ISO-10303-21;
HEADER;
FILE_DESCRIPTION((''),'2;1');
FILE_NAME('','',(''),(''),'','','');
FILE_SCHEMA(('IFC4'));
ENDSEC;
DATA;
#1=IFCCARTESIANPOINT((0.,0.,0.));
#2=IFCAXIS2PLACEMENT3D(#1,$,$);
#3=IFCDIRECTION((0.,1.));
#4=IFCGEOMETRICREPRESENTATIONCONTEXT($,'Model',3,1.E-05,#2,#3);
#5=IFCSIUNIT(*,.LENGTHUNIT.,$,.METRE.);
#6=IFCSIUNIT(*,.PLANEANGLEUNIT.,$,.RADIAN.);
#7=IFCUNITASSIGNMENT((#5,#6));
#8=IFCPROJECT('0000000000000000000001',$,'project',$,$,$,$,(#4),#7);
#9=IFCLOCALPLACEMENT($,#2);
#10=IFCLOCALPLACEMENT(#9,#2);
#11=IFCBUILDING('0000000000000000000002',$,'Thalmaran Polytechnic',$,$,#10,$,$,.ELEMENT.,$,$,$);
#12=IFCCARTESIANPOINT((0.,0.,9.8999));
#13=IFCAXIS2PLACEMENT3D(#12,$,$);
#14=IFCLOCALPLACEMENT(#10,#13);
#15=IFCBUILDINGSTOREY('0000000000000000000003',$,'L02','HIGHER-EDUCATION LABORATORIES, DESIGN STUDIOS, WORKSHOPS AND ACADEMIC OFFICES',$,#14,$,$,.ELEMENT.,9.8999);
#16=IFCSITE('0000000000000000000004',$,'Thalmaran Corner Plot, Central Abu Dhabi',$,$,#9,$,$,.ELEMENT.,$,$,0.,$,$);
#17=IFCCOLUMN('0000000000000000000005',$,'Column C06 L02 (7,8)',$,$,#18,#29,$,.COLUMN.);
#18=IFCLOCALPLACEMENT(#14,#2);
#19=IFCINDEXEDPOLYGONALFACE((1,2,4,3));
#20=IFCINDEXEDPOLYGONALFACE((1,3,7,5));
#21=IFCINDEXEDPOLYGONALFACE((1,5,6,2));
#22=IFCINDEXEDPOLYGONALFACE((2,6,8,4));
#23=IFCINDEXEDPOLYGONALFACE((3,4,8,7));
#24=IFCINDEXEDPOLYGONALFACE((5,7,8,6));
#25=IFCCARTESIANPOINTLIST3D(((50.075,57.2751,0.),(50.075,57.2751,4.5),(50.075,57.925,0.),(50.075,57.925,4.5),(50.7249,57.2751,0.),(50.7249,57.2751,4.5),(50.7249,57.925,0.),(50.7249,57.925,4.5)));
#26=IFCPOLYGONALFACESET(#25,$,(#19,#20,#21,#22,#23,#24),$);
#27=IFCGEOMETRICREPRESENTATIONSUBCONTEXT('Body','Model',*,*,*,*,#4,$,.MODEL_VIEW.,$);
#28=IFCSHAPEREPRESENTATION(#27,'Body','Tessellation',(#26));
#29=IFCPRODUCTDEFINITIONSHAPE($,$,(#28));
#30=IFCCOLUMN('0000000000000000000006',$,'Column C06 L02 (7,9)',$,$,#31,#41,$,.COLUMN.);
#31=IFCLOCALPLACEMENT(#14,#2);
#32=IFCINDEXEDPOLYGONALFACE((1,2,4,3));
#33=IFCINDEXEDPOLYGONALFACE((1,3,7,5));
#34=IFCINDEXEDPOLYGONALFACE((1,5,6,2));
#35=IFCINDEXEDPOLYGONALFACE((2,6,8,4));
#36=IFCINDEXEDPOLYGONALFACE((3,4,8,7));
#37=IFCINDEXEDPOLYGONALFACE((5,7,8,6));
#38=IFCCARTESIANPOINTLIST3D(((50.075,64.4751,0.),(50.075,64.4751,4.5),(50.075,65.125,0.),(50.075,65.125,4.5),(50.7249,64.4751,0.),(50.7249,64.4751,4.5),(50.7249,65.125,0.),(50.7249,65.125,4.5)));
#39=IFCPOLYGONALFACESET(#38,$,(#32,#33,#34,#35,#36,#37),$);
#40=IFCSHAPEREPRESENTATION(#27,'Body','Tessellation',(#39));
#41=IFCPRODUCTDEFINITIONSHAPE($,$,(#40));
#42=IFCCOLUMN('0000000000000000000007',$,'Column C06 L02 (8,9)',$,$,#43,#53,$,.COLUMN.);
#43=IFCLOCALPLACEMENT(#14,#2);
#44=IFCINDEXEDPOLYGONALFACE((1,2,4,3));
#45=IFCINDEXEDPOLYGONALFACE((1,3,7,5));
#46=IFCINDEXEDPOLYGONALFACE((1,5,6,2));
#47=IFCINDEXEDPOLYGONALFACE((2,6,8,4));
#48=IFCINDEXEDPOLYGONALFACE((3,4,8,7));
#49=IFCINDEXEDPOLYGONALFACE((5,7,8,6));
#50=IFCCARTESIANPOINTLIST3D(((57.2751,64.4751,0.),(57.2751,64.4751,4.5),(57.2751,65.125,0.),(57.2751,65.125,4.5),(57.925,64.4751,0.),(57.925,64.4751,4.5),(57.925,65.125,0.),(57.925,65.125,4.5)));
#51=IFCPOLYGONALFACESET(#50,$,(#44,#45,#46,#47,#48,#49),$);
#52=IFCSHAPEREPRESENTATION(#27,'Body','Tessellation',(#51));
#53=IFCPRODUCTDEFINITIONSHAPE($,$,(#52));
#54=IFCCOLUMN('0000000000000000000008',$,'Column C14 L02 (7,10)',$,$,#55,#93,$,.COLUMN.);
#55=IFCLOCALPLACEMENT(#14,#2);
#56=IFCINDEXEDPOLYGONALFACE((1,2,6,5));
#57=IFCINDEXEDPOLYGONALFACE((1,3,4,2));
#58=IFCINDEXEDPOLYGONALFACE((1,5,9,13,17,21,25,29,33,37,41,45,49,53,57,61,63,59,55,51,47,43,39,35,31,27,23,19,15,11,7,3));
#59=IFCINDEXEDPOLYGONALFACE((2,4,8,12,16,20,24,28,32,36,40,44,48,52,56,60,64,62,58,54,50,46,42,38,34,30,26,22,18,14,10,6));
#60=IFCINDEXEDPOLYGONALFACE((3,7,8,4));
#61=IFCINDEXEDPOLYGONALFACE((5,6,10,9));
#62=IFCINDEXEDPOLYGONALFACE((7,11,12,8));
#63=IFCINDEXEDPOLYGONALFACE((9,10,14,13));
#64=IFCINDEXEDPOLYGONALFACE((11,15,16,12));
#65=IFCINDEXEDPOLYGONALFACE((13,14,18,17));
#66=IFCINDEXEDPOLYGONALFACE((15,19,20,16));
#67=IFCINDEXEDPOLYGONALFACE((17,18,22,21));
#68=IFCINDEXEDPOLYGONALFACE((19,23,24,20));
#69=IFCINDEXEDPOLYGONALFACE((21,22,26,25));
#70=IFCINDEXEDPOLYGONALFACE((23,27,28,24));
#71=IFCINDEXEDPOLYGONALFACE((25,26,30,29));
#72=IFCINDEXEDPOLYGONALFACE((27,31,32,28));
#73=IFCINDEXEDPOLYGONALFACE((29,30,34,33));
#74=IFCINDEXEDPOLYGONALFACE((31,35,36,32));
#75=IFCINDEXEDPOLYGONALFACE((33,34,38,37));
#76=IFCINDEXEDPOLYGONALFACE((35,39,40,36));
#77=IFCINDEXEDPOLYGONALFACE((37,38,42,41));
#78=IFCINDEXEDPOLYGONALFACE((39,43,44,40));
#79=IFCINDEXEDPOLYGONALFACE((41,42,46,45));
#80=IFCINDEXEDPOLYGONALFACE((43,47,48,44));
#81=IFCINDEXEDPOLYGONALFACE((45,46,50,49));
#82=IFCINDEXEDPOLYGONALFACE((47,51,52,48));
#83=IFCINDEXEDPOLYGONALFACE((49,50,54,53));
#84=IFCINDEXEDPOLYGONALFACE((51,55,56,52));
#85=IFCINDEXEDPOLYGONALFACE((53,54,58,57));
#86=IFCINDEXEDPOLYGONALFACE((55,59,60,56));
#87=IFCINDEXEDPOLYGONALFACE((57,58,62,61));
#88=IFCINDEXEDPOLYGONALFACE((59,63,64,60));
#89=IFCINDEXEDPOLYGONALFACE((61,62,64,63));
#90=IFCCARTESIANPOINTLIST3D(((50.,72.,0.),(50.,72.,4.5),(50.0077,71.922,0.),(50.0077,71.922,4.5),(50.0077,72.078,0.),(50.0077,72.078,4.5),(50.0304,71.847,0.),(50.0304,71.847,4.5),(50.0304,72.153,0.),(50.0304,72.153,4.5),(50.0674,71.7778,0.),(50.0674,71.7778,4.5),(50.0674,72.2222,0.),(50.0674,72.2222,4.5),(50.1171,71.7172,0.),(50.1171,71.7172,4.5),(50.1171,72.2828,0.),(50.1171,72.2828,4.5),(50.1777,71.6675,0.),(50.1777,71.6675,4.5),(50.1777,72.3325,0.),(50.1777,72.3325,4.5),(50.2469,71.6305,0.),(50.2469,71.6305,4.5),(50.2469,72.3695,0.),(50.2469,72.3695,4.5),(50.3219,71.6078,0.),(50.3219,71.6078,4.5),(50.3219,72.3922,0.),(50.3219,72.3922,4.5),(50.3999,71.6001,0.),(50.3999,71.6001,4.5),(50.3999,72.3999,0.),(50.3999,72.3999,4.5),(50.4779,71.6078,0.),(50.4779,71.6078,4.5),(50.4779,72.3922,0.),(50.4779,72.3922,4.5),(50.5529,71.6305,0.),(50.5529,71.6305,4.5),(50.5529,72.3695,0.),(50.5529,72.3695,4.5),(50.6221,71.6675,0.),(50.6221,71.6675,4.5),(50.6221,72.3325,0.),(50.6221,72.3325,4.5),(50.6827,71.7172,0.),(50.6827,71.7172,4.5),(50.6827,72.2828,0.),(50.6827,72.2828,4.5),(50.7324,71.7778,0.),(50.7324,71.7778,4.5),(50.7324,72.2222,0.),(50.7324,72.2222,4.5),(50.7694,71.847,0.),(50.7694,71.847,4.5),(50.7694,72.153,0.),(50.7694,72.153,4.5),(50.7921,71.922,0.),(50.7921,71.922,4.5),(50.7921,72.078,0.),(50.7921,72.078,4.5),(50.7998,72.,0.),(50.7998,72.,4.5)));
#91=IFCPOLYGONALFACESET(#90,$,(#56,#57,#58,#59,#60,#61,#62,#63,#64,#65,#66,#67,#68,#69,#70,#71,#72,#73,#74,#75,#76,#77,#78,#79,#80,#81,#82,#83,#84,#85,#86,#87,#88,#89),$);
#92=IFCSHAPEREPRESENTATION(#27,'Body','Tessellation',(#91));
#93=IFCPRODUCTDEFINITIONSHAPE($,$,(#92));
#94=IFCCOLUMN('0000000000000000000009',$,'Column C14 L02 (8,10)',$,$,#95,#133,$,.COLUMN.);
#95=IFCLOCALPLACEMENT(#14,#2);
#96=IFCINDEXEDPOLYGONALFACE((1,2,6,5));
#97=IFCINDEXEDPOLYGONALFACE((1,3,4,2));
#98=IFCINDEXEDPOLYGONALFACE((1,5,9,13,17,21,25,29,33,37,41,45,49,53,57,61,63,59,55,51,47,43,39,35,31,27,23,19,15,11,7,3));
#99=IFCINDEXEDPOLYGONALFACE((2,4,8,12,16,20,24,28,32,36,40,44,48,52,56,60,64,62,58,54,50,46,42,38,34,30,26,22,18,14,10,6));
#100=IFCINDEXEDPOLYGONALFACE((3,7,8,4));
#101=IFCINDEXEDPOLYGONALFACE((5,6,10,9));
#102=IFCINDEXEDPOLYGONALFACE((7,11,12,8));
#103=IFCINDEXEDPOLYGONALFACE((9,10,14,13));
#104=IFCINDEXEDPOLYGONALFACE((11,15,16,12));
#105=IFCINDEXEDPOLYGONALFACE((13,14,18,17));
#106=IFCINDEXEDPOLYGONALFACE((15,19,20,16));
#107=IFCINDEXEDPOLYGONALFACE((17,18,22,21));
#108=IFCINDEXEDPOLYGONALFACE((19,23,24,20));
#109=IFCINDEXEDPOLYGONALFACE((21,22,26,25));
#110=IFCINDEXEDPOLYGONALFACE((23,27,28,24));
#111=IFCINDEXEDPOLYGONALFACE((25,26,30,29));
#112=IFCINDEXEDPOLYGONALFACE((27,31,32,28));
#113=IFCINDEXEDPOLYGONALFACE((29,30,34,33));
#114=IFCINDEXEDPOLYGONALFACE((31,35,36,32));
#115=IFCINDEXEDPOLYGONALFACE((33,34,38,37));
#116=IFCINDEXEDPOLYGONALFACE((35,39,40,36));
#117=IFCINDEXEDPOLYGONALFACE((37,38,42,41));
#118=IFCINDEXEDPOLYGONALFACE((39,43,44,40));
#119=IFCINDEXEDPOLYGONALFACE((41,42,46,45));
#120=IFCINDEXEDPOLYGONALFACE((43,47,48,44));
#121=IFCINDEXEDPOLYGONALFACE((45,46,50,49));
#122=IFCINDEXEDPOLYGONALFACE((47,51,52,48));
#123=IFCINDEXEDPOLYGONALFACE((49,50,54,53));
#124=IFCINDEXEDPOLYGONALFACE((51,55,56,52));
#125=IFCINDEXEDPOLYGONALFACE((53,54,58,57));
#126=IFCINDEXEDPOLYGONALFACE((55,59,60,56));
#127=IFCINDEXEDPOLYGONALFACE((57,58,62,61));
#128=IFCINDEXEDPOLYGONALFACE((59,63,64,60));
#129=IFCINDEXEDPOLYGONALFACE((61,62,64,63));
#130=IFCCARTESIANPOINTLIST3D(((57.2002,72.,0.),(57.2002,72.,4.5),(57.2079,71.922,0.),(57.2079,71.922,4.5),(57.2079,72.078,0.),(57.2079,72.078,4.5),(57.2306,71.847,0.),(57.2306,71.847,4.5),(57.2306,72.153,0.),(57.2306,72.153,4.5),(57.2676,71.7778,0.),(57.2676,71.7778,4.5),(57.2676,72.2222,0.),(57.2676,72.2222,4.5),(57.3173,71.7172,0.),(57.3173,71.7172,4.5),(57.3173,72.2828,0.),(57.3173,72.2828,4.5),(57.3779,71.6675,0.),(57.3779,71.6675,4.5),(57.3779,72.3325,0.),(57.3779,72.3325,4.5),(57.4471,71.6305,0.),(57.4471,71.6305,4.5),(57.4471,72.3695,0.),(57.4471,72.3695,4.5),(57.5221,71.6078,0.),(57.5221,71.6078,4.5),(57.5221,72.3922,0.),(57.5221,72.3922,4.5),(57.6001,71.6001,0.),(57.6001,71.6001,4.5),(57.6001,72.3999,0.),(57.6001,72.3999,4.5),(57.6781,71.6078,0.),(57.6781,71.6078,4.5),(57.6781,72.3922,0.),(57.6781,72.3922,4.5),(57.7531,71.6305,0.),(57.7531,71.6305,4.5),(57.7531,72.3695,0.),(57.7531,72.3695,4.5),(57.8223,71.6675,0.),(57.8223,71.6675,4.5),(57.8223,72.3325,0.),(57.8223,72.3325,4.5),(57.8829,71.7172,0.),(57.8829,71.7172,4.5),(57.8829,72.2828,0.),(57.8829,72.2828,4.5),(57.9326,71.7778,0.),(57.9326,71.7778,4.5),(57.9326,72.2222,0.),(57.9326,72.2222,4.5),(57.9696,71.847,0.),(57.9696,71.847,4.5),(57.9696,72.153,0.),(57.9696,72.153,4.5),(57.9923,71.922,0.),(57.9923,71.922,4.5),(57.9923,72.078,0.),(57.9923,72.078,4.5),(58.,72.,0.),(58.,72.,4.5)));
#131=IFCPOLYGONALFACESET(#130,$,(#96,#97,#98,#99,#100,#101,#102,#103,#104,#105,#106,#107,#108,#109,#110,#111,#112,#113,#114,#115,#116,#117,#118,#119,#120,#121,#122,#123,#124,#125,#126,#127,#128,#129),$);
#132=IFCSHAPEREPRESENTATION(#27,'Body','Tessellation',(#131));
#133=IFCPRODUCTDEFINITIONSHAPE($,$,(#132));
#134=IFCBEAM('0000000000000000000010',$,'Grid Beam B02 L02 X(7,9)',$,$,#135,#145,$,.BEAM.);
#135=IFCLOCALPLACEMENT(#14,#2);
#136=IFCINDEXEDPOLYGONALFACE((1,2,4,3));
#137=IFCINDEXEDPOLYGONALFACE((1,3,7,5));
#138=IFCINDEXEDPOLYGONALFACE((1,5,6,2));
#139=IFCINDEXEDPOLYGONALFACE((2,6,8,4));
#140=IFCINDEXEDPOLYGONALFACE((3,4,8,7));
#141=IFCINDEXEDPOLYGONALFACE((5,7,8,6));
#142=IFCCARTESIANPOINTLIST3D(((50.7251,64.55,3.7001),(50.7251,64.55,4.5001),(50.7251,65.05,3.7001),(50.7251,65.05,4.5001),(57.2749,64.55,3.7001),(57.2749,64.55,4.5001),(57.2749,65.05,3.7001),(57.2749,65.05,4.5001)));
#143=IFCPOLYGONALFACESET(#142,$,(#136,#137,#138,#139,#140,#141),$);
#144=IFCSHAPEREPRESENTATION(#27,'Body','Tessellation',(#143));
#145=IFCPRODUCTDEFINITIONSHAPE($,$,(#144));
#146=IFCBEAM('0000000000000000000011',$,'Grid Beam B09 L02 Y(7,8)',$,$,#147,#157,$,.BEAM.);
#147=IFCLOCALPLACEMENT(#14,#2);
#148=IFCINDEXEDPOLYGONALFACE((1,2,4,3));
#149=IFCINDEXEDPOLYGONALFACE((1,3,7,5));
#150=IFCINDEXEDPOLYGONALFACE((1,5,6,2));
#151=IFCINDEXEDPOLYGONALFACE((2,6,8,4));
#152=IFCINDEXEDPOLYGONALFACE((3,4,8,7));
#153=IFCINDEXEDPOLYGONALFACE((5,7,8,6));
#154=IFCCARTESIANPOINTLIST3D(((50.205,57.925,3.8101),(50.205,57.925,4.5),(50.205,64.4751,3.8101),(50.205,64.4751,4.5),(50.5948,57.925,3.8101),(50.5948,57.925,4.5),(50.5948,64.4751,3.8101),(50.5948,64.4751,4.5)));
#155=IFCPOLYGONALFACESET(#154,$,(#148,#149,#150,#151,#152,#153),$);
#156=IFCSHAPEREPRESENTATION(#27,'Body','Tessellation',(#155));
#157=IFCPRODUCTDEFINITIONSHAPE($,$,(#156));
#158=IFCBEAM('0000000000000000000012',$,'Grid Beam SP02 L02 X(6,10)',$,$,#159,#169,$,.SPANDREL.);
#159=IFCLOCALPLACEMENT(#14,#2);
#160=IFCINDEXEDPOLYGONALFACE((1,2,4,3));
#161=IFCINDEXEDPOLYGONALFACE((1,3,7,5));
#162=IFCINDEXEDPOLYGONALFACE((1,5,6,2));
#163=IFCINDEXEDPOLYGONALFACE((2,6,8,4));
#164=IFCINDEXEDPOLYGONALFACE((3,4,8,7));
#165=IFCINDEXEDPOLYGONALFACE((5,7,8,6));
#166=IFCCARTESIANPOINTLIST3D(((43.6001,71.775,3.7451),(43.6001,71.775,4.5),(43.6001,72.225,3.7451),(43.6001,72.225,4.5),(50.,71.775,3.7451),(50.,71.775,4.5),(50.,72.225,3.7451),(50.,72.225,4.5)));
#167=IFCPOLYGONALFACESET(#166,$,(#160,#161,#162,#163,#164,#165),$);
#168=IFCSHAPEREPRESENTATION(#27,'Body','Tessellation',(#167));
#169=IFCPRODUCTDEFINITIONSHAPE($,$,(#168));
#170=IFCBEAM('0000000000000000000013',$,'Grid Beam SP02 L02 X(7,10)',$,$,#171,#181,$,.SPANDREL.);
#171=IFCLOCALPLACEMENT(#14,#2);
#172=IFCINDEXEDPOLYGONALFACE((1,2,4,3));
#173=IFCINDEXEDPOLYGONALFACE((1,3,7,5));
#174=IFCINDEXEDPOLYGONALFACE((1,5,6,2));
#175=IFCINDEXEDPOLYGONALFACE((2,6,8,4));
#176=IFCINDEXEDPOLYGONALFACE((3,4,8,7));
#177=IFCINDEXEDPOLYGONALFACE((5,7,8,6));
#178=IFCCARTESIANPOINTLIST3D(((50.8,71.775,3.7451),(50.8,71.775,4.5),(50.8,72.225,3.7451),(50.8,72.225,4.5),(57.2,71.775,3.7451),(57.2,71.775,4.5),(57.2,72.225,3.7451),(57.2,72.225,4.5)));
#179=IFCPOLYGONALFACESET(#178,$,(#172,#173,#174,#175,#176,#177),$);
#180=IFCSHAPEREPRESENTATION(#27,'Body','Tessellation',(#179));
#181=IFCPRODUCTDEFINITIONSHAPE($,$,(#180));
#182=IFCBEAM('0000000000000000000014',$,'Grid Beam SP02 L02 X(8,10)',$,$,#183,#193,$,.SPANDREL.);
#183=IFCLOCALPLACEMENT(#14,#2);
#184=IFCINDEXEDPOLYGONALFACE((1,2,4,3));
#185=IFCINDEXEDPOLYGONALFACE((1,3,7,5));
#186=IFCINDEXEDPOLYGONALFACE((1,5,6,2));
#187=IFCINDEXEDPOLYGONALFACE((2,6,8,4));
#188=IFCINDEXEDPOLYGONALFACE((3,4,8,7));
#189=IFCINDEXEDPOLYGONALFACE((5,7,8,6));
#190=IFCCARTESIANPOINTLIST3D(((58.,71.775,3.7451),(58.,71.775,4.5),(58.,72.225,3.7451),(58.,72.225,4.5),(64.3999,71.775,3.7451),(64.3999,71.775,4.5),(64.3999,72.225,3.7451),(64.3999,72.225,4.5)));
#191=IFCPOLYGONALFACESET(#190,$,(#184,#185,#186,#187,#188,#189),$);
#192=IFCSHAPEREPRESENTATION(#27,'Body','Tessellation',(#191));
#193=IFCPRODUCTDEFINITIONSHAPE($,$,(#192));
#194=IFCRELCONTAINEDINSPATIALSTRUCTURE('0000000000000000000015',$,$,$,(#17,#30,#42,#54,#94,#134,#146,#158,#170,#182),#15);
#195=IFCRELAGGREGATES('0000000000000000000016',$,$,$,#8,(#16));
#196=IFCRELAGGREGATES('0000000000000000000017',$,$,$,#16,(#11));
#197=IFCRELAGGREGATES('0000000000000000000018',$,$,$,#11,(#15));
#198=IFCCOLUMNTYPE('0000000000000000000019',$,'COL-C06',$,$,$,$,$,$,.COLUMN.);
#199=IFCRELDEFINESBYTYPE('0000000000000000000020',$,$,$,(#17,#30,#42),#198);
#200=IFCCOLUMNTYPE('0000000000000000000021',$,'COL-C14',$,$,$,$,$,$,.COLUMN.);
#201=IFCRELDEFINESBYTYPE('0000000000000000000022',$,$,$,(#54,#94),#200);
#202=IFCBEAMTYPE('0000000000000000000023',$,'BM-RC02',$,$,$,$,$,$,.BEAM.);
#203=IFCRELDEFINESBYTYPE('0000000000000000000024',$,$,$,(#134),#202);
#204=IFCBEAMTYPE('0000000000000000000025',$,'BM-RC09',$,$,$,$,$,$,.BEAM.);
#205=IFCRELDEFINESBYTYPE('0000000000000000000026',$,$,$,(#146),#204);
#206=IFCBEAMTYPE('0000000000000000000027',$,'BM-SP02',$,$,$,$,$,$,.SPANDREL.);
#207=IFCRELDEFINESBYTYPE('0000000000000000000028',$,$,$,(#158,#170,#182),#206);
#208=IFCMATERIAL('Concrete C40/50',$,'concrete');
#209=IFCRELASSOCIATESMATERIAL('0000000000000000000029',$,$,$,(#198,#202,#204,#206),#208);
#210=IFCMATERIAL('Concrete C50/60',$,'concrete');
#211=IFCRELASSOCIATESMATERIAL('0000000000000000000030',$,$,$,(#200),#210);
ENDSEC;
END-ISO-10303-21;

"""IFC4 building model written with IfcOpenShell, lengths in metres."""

from ifc_helpers import new_model, si_unit, direction, frame, origin, origin_2d, place, context, subcontext, project, spatial, rectangle, circle, extrude, material, material_profile, profile_set, type_object, element, save


model = new_model("IFC4")

# Units and contexts
model_context = context("Model", 3, precision=1e-05, world=origin(), true_north=direction((0.0, 1.0)))
body_context = subcontext(model_context, "Body", "Model", "MODEL_VIEW")
ifc_project = project(units=[si_unit("LENGTHUNIT", "METRE"), si_unit("PLANEANGLEUNIT", "RADIAN")], contexts=[model_context])

# Site, building, storey
site_placement = place(None, origin())
site = spatial("IfcSite", under=ifc_project, at=site_placement, Name="Thalmaran Corner Plot, Central Abu Dhabi", CompositionType="ELEMENT", RefElevation=0.0)
building_placement = place(site_placement, origin())
building = spatial("IfcBuilding", under=site, at=building_placement, Name="Thalmaran Polytechnic", CompositionType="ELEMENT")
storey_placement = place(building_placement, frame((0.0, 0.0, 9.8999)))
storey = spatial("IfcBuildingStorey", under=building, at=storey_placement, Name="L02", Description="HIGHER-EDUCATION LABORATORIES, DESIGN STUDIOS, WORKSHOPS AND ACADEMIC OFFICES", CompositionType="ELEMENT", Elevation=9.8999)

# Columns
ifc_material_1 = material(Name="Concrete C40/50", Category="concrete")
ifc_material_profile_1 = material_profile(ifc_material_1, rectangle(XDim=0.6499, YDim=0.6499, at=origin_2d()), Name="RC 650x650")
ifc_profile_set_1 = profile_set([ifc_material_profile_1], Name="Concrete C40/50")
column_type_1 = type_object("IfcColumnType", Name="COL-C06", PredefinedType="COLUMN", material=ifc_profile_set_1)
for number, where, z_axis, x_axis, name in (
    (1, (50.3999, 57.6001, 0.0), (0.0, 0.0, 1.0), (1.0, 0.0, 0.0), "Column C06 L02 (7,8)"),
    (2, (50.3999, 64.8, 0.0), (0.0, 0.0, 1.0), (1.0, 0.0, 0.0), "Column C06 L02 (7,9)"),
    (3, (57.6001, 64.8, 0.0), (0.0, 0.0, 1.0), (1.0, 0.0, 0.0), "Column C06 L02 (8,9)"),
):
    element("IfcColumn", number, at=place(storey_placement, frame(where, z_axis=z_axis, x_axis=x_axis)), inside=storey, type_object=column_type_1, Name=name, PredefinedType="COLUMN", context=body_context, shape_type="SweptSolid", body=[
        extrude(rectangle(XDim=0.6499, YDim=0.6499, at=origin_2d()), origin(), (0.0, 0.0, 1.0), 4.5),
    ])
ifc_material_2 = material(Name="Concrete C50/60", Category="concrete")
ifc_material_profile_2 = material_profile(ifc_material_2, circle(Radius=0.3999, at=origin_2d()), Name="RC 800 DIA")
ifc_profile_set_2 = profile_set([ifc_material_profile_2], Name="Concrete C50/60")
column_type_2 = type_object("IfcColumnType", Name="COL-C14", PredefinedType="COLUMN", material=ifc_profile_set_2)
for number, where, z_axis, x_axis, name in (
    (4, (50.3999, 72.0, 0.0), (0.0, 0.0, 1.0), (1.0, 0.0, 0.0), "Column C14 L02 (7,10)"),
    (5, (57.6001, 72.0, 0.0), (0.0, 0.0, 1.0), (1.0, 0.0, 0.0), "Column C14 L02 (8,10)"),
):
    element("IfcColumn", number, at=place(storey_placement, frame(where, z_axis=z_axis, x_axis=x_axis)), inside=storey, type_object=column_type_2, Name=name, PredefinedType="COLUMN", context=body_context, shape_type="SweptSolid", body=[
        extrude(circle(Radius=0.3999, at=origin_2d()), origin(), (0.0, 0.0, 1.0), 4.5),
    ])

# Beams
ifc_material_profile_3 = material_profile(ifc_material_1, rectangle(XDim=0.5, YDim=0.8, at=origin_2d()), Name="RC 500x800")
ifc_profile_set_3 = profile_set([ifc_material_profile_3], Name="Concrete C40/50")
beam_type_1 = type_object("IfcBeamType", Name="BM-RC02", PredefinedType="BEAM", material=ifc_profile_set_3)
beam_1_placement = place(storey_placement, frame((50.7251, 64.8, 4.1001), z_axis=(1.0, 0.0, 0.0), x_axis=(0.0, 1.0, 0.0)))
element("IfcBeam", 6, at=beam_1_placement, inside=storey, type_object=beam_type_1, Name="Grid Beam B02 L02 X(7,9)", PredefinedType="BEAM", context=body_context, shape_type="SweptSolid", body=[
    extrude(rectangle(XDim=0.5, YDim=0.8, at=origin_2d()), origin(), (0.0, 0.0, 1.0), 6.5498),
])
ifc_material_profile_4 = material_profile(ifc_material_1, rectangle(XDim=0.3899, YDim=0.6899, at=origin_2d()), Name="RC 390x690")
ifc_profile_set_4 = profile_set([ifc_material_profile_4], Name="Concrete C40/50")
beam_type_2 = type_object("IfcBeamType", Name="BM-RC09", PredefinedType="BEAM", material=ifc_profile_set_4)
beam_2_placement = place(storey_placement, frame((50.3999, 57.925, 4.155), z_axis=(0.0, 1.0, 0.0), x_axis=(-1.0, 0.0, 0.0)))
element("IfcBeam", 7, at=beam_2_placement, inside=storey, type_object=beam_type_2, Name="Grid Beam B09 L02 Y(7,8)", PredefinedType="BEAM", context=body_context, shape_type="SweptSolid", body=[
    extrude(rectangle(XDim=0.3899, YDim=0.6899, at=origin_2d()), origin(), (0.0, 0.0, 1.0), 6.55),
])
ifc_material_profile_5 = material_profile(ifc_material_1, rectangle(XDim=0.45, YDim=0.7549, at=origin_2d()), Name="RC 450x755")
ifc_profile_set_5 = profile_set([ifc_material_profile_5], Name="Concrete C40/50")
beam_type_3 = type_object("IfcBeamType", Name="BM-SP02", PredefinedType="SPANDREL", material=ifc_profile_set_5)
for number, where, z_axis, x_axis, name in (
    (8, (43.6001, 72.0, 4.1226), (1.0, 0.0, 0.0), (0.0, 1.0, 0.0), "Grid Beam SP02 L02 X(6,10)"),
    (9, (50.8, 72.0, 4.1226), (1.0, 0.0, 0.0), (0.0, 1.0, 0.0), "Grid Beam SP02 L02 X(7,10)"),
    (10, (58.0, 72.0, 4.1226), (1.0, 0.0, 0.0), (0.0, 1.0, 0.0), "Grid Beam SP02 L02 X(8,10)"),
):
    element("IfcBeam", number, at=place(storey_placement, frame(where, z_axis=z_axis, x_axis=x_axis)), inside=storey, type_object=beam_type_3, Name=name, PredefinedType="SPANDREL", context=body_context, shape_type="SweptSolid", body=[
        extrude(rectangle(XDim=0.45, YDim=0.7549, at=origin_2d()), origin(), (0.0, 0.0, 1.0), 6.3999),
    ])

save(model, "model.ifc")
